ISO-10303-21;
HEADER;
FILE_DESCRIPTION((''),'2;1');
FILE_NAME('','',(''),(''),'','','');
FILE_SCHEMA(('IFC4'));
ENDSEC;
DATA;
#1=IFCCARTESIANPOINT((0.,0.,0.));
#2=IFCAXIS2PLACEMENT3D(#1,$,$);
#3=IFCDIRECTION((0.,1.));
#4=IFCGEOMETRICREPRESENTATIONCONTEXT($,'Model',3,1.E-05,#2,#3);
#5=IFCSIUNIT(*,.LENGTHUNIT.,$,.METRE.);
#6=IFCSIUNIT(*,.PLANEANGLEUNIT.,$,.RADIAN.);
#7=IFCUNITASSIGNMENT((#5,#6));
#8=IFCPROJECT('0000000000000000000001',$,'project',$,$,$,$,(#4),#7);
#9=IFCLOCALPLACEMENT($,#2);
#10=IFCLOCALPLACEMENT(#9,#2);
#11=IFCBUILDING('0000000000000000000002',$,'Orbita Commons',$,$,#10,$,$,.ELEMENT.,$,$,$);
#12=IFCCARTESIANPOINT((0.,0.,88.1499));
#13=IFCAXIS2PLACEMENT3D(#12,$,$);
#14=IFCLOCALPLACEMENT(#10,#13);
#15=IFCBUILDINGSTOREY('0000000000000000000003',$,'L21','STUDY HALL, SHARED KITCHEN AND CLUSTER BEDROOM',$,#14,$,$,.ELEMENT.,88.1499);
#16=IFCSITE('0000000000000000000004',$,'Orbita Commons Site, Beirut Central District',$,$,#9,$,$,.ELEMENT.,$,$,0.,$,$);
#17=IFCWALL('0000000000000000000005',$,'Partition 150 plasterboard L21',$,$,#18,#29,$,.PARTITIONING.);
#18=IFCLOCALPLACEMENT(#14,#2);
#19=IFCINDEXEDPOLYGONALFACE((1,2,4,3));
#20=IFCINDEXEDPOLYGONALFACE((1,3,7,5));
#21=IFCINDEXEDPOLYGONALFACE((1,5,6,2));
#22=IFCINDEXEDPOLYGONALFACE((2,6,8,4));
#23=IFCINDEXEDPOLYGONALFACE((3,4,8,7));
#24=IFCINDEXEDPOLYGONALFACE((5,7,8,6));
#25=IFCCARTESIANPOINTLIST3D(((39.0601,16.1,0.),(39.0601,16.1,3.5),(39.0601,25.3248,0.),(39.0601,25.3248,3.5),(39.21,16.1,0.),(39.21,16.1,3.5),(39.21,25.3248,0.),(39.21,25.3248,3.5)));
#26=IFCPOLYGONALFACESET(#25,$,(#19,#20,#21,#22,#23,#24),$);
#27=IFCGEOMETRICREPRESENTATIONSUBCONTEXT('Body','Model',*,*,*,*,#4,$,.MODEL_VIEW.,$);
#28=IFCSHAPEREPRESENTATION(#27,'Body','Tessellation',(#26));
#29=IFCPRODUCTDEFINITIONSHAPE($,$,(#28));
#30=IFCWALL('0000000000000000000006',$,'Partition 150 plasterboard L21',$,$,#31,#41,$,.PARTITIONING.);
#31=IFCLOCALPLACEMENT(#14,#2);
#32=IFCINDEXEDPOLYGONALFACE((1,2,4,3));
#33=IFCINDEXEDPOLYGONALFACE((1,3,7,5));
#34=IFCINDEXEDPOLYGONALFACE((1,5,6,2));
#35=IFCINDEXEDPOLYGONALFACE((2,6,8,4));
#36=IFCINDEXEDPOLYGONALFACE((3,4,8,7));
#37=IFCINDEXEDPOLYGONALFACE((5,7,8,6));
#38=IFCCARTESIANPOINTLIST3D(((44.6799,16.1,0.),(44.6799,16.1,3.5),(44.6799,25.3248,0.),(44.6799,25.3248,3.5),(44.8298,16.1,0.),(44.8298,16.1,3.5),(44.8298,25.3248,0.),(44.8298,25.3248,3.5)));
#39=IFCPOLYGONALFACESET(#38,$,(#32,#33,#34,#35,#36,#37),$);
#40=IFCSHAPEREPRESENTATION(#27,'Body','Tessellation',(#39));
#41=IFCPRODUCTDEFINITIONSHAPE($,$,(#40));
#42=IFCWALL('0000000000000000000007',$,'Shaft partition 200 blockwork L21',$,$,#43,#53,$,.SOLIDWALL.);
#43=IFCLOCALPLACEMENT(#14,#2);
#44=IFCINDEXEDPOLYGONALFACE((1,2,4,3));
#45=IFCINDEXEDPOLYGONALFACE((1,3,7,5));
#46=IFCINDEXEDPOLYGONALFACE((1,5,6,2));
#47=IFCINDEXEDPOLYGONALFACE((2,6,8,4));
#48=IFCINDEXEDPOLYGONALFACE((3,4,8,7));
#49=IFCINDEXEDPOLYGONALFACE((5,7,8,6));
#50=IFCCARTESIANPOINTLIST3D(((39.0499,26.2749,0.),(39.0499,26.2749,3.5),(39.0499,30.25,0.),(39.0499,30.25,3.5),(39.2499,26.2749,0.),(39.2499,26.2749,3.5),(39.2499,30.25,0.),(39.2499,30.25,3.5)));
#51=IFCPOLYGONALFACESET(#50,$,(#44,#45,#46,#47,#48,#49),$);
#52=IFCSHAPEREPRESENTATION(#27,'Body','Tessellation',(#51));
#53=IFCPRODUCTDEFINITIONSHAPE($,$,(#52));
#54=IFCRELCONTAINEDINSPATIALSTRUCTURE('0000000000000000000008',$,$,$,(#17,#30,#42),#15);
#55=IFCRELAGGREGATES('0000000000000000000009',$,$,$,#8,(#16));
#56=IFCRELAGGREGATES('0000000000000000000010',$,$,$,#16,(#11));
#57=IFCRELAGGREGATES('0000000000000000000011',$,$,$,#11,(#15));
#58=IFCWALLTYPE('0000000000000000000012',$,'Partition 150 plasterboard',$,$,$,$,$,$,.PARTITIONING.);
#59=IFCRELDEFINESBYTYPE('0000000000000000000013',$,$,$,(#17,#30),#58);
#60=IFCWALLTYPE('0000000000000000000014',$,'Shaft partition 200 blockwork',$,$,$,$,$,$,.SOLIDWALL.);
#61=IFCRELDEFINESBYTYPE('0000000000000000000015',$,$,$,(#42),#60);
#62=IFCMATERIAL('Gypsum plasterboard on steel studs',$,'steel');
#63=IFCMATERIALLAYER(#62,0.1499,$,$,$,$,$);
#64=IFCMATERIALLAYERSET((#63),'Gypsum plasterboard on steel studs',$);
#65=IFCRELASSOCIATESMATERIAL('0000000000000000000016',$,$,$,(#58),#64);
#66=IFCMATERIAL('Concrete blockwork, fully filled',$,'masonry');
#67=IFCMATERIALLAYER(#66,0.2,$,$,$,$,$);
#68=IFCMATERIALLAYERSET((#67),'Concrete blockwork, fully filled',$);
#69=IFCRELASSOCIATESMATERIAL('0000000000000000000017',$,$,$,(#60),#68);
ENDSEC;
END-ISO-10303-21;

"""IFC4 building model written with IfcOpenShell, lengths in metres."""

from ifc_helpers import new_model, si_unit, direction, frame, frame_2d, origin, place, context, subcontext, project, spatial, rectangle, extrude, material, layer, layer_set, type_object, element, save


model = new_model("IFC4")

# Units and contexts
model_context = context("Model", 3, precision=1e-05, world=origin(), true_north=direction((0.0, 1.0)))
body_context = subcontext(model_context, "Body", "Model", "MODEL_VIEW")
ifc_project = project(units=[si_unit("LENGTHUNIT", "METRE"), si_unit("PLANEANGLEUNIT", "RADIAN")], contexts=[model_context])

# Site, building, storey
site_placement = place(None, origin())
site = spatial("IfcSite", under=ifc_project, at=site_placement, Name="Orbita Commons Site, Beirut Central District", CompositionType="ELEMENT", RefElevation=0.0)
building_placement = place(site_placement, origin())
building = spatial("IfcBuilding", under=site, at=building_placement, Name="Orbita Commons", CompositionType="ELEMENT")
storey_placement = place(building_placement, frame((0.0, 0.0, 88.1499)))
storey = spatial("IfcBuildingStorey", under=building, at=storey_placement, Name="L21", Description="STUDY HALL, SHARED KITCHEN AND CLUSTER BEDROOM", CompositionType="ELEMENT", Elevation=88.1499)

# Walls
ifc_material_1 = material(Name="Gypsum plasterboard on steel studs", Category="steel")
ifc_layer_1 = layer(ifc_material_1, 0.1499)
ifc_layer_set_1 = layer_set([ifc_layer_1], Name="Gypsum plasterboard on steel studs")
wall_type_1 = type_object("IfcWallType", Name="Partition 150 plasterboard", PredefinedType="PARTITIONING", material=ifc_layer_set_1)
for number, where, z_axis, x_axis, name in (
    (1, (39.135, 16.1001, 0.0), (0.0, 0.0, 1.0), (0.0, 1.0, 0.0), "Partition 150 plasterboard L21"),
    (2, (44.7549, 16.1001, 0.0), (0.0, 0.0, 1.0), (0.0, 1.0, 0.0), "Partition 150 plasterboard L21"),
):
    element("IfcWall", number, at=place(storey_placement, frame(where, z_axis=z_axis, x_axis=x_axis)), inside=storey, type_object=wall_type_1, Name=name, PredefinedType="PARTITIONING", context=body_context, shape_type="SweptSolid", body=[
        extrude(rectangle(XDim=9.2249, YDim=0.1499, at=frame_2d((4.6123, 0.0))), origin(), (0.0, 0.0, 1.0), 3.5),
    ])
ifc_material_2 = material(Name="Concrete blockwork, fully filled", Category="masonry")
ifc_layer_2 = layer(ifc_material_2, 0.2)
ifc_layer_set_2 = layer_set([ifc_layer_2], Name="Concrete blockwork, fully filled")
wall_type_2 = type_object("IfcWallType", Name="Shaft partition 200 blockwork", PredefinedType="SOLIDWALL", material=ifc_layer_set_2)
wall_1_placement = place(storey_placement, frame((39.1499, 26.2749, 0.0), z_axis=(0.0, 0.0, 1.0), x_axis=(0.0, 1.0, 0.0)))
element("IfcWall", 3, at=wall_1_placement, inside=storey, type_object=wall_type_2, Name="Shaft partition 200 blockwork L21", PredefinedType="SOLIDWALL", context=body_context, shape_type="SweptSolid", body=[
    extrude(rectangle(XDim=3.9751, YDim=0.2, at=frame_2d((1.9875, 0.0))), origin(), (0.0, 0.0, 1.0), 3.5),
])

save(model, "model.ifc")
